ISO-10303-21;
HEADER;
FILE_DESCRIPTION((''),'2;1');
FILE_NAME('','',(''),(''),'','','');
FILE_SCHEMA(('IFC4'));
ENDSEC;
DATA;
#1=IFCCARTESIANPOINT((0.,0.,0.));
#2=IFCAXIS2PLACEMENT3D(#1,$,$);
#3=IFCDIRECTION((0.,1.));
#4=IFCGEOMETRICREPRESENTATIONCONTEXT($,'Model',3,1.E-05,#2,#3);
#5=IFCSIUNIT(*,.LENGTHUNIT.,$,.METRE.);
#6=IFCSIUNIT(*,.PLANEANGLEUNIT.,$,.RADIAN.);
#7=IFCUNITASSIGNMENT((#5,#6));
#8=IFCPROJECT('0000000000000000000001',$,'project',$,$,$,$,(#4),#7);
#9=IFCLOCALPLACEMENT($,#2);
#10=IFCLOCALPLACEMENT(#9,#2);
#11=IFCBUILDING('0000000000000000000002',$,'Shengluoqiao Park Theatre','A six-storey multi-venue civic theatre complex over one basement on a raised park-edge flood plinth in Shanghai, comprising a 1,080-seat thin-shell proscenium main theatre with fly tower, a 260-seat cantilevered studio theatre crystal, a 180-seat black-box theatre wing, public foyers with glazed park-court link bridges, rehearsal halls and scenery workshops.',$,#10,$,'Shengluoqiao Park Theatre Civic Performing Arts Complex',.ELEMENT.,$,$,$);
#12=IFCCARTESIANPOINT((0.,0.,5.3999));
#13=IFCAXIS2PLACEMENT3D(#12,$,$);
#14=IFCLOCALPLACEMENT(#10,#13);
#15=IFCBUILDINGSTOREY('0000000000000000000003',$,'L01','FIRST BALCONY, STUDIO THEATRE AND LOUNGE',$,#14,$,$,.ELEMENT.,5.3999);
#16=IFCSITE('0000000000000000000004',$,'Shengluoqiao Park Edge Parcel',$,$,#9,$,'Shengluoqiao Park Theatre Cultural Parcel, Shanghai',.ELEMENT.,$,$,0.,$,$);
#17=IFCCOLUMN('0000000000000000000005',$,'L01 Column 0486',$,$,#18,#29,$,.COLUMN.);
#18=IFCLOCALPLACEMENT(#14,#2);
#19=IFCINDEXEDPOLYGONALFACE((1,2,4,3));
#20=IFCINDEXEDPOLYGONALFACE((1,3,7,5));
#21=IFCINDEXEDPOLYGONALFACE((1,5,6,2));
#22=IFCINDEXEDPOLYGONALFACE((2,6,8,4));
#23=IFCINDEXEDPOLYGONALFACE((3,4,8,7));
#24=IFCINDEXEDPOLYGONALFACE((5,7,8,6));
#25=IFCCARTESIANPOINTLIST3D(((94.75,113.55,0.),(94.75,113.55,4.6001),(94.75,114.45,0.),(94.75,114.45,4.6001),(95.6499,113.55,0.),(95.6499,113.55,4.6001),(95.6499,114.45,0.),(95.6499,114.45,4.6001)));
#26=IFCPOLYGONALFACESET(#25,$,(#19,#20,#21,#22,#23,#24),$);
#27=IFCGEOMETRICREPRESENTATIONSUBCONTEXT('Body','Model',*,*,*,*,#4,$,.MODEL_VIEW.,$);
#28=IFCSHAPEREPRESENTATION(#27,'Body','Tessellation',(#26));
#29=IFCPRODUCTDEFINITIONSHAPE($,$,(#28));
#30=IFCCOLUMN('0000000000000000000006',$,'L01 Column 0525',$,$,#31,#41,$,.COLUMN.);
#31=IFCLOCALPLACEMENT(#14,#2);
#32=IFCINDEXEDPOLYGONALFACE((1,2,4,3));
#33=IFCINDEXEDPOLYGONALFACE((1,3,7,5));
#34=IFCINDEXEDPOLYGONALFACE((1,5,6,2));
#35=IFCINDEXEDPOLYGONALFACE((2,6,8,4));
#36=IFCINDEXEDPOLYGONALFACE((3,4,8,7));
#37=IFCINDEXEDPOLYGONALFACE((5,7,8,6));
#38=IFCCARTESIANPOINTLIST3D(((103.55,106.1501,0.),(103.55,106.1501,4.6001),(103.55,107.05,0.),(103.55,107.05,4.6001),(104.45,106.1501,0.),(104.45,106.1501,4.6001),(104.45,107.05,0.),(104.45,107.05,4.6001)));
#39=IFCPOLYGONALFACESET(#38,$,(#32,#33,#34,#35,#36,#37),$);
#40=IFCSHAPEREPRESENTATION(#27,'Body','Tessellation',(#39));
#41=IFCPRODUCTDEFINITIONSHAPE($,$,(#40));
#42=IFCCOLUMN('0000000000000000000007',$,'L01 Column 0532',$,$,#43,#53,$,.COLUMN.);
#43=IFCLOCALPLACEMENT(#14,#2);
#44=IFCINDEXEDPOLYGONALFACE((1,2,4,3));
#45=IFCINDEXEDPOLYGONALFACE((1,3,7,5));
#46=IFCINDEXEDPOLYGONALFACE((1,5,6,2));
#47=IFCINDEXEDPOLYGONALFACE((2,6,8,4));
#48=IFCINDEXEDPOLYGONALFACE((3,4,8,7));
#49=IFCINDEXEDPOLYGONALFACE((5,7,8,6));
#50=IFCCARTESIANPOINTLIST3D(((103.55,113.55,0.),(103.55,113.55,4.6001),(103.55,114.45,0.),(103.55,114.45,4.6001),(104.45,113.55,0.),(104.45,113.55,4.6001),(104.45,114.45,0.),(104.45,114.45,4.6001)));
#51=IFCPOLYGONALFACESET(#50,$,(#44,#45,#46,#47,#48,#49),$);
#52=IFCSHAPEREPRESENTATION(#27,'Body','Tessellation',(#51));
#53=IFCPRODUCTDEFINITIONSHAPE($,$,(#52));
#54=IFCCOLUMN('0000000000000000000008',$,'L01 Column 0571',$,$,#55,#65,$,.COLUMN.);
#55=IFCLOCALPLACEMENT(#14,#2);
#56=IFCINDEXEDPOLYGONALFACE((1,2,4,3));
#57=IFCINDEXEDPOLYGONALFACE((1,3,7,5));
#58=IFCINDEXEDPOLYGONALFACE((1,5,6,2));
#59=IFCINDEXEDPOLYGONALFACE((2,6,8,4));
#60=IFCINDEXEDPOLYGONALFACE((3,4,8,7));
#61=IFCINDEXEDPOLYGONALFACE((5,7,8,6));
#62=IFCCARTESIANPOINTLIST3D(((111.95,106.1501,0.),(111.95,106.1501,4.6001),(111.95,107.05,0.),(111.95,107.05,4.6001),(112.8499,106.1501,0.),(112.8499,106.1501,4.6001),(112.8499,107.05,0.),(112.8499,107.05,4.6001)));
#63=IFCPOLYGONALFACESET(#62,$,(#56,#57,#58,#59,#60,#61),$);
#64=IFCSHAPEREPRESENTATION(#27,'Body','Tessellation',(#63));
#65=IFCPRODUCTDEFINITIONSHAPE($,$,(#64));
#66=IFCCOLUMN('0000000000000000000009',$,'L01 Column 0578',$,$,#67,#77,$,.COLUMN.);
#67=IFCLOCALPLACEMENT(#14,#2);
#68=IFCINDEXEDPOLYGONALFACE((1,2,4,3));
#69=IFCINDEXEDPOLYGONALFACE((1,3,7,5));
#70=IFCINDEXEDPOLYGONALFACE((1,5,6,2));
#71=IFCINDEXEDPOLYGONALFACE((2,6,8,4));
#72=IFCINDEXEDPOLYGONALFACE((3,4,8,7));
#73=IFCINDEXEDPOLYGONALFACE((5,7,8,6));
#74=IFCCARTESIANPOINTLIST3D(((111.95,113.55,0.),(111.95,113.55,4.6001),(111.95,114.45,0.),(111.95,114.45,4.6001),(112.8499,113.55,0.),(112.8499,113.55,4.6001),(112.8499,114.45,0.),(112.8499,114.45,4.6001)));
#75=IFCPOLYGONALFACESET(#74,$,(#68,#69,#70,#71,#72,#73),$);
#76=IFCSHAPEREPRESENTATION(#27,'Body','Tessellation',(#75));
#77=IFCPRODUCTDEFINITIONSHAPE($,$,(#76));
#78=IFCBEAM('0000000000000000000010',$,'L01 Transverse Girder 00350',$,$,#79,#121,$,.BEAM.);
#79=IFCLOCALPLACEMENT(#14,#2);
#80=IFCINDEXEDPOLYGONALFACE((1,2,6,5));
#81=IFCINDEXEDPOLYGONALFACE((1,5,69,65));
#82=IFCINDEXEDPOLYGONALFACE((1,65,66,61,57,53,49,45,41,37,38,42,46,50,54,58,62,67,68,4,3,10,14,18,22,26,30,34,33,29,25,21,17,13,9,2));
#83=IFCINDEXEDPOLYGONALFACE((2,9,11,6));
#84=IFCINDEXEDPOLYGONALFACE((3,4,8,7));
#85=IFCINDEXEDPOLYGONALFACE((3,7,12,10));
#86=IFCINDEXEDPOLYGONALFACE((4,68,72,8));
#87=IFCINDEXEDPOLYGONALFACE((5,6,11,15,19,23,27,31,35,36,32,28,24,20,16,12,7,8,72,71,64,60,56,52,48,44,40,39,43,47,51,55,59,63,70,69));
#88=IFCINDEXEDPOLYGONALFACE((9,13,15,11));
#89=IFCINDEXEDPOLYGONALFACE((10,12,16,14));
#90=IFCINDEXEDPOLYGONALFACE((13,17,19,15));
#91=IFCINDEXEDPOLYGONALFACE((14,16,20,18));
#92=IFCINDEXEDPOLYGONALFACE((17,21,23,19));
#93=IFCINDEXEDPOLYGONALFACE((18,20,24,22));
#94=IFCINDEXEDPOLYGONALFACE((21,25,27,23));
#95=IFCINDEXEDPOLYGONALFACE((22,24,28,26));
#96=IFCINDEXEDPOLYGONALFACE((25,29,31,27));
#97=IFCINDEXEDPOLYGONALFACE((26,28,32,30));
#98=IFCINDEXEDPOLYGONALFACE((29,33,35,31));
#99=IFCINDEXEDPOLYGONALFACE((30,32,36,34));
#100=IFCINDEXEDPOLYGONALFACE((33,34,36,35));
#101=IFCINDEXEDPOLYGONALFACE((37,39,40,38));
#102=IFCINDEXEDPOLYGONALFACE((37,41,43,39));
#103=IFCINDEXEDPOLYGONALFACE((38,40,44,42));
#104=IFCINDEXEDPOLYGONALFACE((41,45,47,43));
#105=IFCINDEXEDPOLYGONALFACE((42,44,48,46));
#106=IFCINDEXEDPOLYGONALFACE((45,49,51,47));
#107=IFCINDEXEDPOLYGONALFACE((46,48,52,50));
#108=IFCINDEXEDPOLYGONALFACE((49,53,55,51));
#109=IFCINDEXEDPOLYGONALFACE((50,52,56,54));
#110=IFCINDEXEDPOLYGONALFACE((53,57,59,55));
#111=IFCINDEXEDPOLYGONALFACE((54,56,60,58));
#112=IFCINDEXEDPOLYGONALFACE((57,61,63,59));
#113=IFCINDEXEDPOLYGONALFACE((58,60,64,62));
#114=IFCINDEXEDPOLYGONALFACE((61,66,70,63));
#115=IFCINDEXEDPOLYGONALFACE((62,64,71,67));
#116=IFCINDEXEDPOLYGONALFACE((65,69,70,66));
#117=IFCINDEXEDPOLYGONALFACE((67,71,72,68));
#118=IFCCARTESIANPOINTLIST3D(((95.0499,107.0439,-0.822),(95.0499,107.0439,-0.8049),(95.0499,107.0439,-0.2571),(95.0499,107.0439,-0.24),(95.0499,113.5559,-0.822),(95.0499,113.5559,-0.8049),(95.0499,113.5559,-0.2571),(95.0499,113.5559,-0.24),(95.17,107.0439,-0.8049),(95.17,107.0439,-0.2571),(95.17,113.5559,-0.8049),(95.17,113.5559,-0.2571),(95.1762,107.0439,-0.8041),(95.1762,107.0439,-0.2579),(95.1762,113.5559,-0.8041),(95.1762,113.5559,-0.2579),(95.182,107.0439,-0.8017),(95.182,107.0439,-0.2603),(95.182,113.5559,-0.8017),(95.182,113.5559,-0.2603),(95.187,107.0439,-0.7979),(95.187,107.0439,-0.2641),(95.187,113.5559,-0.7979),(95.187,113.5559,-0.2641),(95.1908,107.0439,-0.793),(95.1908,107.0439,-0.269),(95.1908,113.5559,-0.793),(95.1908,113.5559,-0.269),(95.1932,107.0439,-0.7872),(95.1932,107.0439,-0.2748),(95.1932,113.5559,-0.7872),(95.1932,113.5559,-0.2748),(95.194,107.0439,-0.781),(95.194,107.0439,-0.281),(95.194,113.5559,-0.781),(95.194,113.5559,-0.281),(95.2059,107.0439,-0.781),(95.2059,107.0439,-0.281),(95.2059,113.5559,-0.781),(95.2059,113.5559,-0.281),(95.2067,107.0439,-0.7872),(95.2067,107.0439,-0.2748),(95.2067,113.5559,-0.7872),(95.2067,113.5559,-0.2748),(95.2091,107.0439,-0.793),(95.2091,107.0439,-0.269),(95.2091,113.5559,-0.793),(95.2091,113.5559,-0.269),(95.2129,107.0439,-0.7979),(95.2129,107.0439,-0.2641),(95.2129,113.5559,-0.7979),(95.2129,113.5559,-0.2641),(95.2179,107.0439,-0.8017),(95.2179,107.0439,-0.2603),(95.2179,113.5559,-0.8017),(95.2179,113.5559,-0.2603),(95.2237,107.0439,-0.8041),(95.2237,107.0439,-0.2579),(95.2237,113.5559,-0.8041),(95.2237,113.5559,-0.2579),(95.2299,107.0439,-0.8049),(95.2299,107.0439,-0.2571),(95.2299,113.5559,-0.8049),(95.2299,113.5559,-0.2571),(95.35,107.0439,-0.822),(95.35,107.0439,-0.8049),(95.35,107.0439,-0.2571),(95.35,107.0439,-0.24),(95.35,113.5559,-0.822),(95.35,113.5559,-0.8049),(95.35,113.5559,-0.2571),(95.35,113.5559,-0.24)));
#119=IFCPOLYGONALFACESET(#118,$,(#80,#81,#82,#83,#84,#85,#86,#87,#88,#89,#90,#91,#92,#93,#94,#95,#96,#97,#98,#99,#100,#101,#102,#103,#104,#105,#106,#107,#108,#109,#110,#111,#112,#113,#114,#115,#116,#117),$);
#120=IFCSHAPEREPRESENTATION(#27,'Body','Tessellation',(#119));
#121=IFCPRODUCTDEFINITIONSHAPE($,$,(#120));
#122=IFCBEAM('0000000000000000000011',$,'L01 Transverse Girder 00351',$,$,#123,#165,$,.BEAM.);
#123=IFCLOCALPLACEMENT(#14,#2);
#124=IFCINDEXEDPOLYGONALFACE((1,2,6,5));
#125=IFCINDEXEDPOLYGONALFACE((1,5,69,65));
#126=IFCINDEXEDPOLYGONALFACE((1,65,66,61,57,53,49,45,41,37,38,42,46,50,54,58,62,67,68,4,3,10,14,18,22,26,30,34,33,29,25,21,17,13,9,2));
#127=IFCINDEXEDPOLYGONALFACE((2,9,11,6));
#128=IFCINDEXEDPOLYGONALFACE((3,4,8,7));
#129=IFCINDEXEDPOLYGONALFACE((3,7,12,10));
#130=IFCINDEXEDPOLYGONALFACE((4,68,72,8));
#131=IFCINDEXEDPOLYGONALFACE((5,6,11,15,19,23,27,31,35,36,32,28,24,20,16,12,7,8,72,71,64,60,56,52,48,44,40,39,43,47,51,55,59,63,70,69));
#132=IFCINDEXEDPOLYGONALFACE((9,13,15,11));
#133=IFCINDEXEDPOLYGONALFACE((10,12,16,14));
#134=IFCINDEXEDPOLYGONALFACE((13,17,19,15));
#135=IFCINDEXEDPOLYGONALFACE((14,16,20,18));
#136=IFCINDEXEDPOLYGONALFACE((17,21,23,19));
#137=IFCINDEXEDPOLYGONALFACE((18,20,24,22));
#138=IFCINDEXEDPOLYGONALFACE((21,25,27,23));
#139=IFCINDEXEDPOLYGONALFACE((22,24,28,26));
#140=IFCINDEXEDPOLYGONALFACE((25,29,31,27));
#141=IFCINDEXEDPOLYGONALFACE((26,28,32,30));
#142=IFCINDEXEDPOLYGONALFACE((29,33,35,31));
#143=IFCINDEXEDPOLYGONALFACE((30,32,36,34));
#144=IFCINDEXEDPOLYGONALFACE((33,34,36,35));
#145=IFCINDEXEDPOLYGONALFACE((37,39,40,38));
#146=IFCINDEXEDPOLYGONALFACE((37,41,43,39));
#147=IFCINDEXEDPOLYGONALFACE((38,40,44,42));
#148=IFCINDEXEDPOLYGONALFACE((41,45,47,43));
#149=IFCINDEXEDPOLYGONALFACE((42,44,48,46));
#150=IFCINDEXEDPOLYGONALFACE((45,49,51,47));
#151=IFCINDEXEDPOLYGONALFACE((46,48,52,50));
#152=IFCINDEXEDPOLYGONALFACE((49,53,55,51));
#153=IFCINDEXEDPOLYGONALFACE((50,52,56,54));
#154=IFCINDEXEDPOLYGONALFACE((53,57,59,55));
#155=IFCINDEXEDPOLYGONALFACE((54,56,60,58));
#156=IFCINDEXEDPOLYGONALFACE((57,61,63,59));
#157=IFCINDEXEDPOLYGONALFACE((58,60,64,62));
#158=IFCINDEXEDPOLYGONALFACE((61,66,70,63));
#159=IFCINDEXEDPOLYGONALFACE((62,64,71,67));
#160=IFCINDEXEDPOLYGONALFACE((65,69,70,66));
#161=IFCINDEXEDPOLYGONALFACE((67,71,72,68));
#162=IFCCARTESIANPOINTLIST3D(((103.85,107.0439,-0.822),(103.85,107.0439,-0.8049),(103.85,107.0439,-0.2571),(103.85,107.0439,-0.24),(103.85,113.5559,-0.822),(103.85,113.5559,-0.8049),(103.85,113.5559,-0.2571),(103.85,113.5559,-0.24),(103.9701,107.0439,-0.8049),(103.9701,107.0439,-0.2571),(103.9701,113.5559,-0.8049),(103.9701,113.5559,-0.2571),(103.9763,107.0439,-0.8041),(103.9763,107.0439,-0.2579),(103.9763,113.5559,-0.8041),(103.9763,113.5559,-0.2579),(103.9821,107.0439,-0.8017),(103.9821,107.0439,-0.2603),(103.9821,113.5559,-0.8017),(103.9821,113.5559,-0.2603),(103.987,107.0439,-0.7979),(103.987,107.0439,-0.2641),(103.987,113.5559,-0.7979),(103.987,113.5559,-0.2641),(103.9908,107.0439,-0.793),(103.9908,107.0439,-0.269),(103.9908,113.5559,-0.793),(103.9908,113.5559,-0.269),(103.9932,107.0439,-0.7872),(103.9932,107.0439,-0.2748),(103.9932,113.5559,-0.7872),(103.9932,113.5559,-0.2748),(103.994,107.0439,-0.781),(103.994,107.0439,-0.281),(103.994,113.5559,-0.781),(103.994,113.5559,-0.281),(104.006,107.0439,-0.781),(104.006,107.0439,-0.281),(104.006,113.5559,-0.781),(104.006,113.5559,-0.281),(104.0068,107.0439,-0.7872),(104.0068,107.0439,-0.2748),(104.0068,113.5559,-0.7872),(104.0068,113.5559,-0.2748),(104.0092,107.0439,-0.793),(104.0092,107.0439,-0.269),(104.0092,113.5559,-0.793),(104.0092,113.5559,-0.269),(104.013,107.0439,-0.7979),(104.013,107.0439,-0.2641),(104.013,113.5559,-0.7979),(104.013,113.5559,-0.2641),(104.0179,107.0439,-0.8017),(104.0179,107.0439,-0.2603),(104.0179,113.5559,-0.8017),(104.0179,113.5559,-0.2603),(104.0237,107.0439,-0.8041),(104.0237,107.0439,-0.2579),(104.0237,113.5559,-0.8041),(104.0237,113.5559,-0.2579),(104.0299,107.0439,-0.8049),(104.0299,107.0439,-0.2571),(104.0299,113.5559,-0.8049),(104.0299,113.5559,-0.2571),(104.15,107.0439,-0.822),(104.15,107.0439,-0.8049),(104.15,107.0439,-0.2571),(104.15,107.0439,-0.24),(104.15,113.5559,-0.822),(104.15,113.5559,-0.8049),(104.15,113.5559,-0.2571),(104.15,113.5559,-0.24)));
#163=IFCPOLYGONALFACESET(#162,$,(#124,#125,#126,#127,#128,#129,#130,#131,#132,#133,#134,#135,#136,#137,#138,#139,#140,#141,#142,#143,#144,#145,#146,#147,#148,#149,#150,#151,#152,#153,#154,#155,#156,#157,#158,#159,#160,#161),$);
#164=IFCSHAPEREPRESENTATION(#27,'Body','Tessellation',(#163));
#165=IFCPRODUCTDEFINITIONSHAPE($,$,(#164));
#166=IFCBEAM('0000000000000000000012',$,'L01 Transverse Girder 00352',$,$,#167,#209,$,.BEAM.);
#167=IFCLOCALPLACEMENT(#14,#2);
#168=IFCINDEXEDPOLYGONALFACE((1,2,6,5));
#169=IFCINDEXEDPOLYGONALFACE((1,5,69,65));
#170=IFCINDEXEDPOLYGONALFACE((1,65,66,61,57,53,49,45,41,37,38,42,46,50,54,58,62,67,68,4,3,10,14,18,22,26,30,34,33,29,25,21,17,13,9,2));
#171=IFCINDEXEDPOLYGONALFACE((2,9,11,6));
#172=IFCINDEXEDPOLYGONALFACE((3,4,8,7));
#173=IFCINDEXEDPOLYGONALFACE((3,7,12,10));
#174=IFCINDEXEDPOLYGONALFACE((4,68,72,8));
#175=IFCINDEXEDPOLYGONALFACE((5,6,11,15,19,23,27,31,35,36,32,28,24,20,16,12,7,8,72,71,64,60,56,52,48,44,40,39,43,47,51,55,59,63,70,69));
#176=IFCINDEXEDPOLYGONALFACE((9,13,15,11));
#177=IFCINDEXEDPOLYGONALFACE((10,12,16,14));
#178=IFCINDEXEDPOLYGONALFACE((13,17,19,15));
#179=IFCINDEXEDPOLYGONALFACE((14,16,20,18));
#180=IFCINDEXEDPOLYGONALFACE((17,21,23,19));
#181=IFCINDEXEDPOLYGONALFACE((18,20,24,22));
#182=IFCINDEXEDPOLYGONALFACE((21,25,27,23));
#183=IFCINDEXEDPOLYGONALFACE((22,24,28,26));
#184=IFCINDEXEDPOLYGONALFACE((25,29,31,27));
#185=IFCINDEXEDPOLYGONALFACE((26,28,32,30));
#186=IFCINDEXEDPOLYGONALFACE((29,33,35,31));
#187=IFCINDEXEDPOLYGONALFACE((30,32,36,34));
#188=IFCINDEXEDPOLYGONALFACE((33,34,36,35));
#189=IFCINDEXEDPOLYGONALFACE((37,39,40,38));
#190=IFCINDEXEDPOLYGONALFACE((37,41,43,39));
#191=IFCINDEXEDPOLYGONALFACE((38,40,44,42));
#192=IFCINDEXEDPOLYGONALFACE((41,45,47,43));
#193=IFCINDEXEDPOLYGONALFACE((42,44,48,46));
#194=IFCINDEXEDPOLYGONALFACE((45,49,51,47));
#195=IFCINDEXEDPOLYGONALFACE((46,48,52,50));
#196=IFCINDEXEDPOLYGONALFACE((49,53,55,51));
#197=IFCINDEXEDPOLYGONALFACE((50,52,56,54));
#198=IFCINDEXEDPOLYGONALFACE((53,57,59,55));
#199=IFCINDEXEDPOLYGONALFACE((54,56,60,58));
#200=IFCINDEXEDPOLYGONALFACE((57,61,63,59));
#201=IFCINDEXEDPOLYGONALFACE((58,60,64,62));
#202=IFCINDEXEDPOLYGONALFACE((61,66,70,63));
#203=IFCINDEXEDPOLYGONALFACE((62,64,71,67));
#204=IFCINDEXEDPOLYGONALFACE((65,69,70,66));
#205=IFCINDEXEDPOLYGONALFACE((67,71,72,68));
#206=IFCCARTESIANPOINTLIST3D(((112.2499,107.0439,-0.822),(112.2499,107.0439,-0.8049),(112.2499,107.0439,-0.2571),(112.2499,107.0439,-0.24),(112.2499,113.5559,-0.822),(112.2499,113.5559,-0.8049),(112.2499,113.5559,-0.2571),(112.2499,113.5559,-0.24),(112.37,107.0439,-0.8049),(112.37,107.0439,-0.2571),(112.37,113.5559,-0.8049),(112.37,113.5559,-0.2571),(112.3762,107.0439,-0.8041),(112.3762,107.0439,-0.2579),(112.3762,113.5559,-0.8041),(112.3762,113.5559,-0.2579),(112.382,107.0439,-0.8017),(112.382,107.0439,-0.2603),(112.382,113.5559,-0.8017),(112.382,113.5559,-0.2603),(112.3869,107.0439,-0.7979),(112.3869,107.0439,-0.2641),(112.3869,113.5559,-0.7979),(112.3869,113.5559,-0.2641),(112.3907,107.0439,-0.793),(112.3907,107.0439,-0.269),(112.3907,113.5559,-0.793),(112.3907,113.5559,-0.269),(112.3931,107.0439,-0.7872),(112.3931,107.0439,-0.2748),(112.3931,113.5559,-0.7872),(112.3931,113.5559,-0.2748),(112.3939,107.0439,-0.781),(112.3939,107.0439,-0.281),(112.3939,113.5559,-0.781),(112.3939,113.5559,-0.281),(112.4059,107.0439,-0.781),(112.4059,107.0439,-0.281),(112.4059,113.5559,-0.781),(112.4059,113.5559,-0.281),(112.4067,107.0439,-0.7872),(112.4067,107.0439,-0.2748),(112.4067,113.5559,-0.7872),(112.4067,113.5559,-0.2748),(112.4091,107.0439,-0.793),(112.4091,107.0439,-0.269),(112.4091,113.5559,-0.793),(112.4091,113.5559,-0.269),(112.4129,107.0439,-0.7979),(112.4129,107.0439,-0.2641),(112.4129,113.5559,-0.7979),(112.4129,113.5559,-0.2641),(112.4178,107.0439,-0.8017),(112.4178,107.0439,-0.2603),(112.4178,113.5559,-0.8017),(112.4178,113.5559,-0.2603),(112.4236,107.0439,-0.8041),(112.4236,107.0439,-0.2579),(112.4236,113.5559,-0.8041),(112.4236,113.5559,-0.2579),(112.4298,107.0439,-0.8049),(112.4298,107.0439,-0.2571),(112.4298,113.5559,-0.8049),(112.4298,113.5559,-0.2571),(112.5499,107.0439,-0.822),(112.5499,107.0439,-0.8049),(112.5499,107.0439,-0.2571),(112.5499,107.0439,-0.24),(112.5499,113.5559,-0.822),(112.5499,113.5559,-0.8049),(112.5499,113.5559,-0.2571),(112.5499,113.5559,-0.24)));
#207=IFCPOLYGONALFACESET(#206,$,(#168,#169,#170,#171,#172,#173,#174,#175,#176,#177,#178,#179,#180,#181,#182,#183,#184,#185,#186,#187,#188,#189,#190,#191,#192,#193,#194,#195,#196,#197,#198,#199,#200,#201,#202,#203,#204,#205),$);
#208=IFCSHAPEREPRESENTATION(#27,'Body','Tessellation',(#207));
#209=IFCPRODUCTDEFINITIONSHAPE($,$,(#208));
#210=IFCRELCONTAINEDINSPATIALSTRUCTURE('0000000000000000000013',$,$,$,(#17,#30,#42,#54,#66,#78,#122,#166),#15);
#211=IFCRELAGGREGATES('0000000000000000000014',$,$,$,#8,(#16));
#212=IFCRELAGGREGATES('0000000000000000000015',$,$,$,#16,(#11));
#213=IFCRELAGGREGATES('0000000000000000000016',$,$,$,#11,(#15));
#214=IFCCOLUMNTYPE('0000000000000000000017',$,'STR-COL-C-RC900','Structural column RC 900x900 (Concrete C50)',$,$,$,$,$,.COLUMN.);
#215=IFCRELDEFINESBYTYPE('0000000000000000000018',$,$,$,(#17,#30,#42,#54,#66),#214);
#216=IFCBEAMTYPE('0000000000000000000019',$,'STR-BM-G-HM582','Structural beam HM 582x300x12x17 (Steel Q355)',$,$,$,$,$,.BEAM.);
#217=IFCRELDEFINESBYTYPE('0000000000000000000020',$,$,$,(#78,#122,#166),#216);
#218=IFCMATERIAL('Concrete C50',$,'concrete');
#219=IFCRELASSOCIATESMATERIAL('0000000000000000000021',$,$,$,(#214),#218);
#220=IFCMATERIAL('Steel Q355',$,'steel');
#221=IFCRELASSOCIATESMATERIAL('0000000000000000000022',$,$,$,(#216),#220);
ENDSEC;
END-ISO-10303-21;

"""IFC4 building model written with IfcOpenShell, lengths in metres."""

from ifc_helpers import new_model, si_unit, direction, frame, origin, origin_2d, place, context, subcontext, project, spatial, rectangle, i_section, extrude, material, material_profile, profile_set, type_object, element, save


model = new_model("IFC4")

# Units and contexts
model_context = context("Model", 3, precision=1e-05, world=origin(), true_north=direction((0.0, 1.0)))
body_context = subcontext(model_context, "Body", "Model", "MODEL_VIEW")
ifc_project = project(units=[si_unit("LENGTHUNIT", "METRE"), si_unit("PLANEANGLEUNIT", "RADIAN")], contexts=[model_context])

# Site, building, storey
site_placement = place(None, origin())
site = spatial("IfcSite", under=ifc_project, at=site_placement, Name="Shengluoqiao Park Edge Parcel", LongName="Shengluoqiao Park Theatre Cultural Parcel, Shanghai", CompositionType="ELEMENT", RefElevation=0.0)
building_placement = place(site_placement, origin())
building = spatial("IfcBuilding", under=site, at=building_placement, Name="Shengluoqiao Park Theatre", Description="A six-storey multi-venue civic theatre complex over one basement on a raised park-edge flood plinth in Shanghai, comprising a 1,080-seat thin-shell proscenium main theatre with fly tower, a 260-seat cantilevered studio theatre crystal, a 180-seat black-box theatre wing, public foyers with glazed park-court link bridges, rehearsal halls and scenery workshops.", LongName="Shengluoqiao Park Theatre Civic Performing Arts Complex", CompositionType="ELEMENT")
storey_placement = place(building_placement, frame((0.0, 0.0, 5.3999)))
storey = spatial("IfcBuildingStorey", under=building, at=storey_placement, Name="L01", Description="FIRST BALCONY, STUDIO THEATRE AND LOUNGE", CompositionType="ELEMENT", Elevation=5.3999)

# Columns
ifc_material_1 = material(Name="Concrete C50", Category="concrete")
ifc_material_profile_1 = material_profile(ifc_material_1, rectangle(XDim=0.8999, YDim=0.8999, at=origin_2d()), Name="RC 900x900")
ifc_profile_set_1 = profile_set([ifc_material_profile_1], Name="Concrete C50")
column_type = type_object("IfcColumnType", Name="STR-COL-C-RC900", Description="Structural column RC 900x900 (Concrete C50)", PredefinedType="COLUMN", material=ifc_profile_set_1)
for number, where, z_axis, x_axis, name in (
    (1, (95.2, 114.0, 0.0), (0.0, 0.0, 1.0), (1.0, 0.0, 0.0), "L01 Column 0486"),
    (2, (104.0, 106.6001, 0.0), (0.0, 0.0, 1.0), (1.0, 0.0, 0.0), "L01 Column 0525"),
    (3, (104.0, 114.0, 0.0), (0.0, 0.0, 1.0), (1.0, 0.0, 0.0), "L01 Column 0532"),
    (4, (112.3999, 106.6001, 0.0), (0.0, 0.0, 1.0), (1.0, 0.0, 0.0), "L01 Column 0571"),
    (5, (112.3999, 114.0, 0.0), (0.0, 0.0, 1.0), (1.0, 0.0, 0.0), "L01 Column 0578"),
):
    element("IfcColumn", number, at=place(storey_placement, frame(where, z_axis=z_axis, x_axis=x_axis)), inside=storey, type_object=column_type, Name=name, PredefinedType="COLUMN", context=body_context, shape_type="SweptSolid", body=[
        extrude(rectangle(XDim=0.8999, YDim=0.8999, at=origin_2d()), origin(), (0.0, 0.0, 1.0), 4.6001),
    ])

# Beams
ifc_material_2 = material(Name="Steel Q355", Category="steel")
ifc_material_profile_2 = material_profile(ifc_material_2, i_section(OverallWidth=0.3, OverallDepth=0.582, WebThickness=0.012, FlangeThickness=0.0171, FilletRadius=0.0239, at=origin_2d()), Name="HM 582x300x12x17")
ifc_profile_set_2 = profile_set([ifc_material_profile_2], Name="Steel Q355")
beam_type_1 = type_object("IfcBeamType", Name="STR-BM-G-HM582", Description="Structural beam HM 582x300x12x17 (Steel Q355)", PredefinedType="BEAM", material=ifc_profile_set_2)
for number, where, z_axis, x_axis, name in (
    (6, (95.2, 107.0439, -0.531), (0.0, 1.0, 0.0), (-1.0, 0.0, 0.0), "L01 Transverse Girder 00350"),
    (7, (104.0, 107.0439, -0.531), (0.0, 1.0, 0.0), (-1.0, 0.0, 0.0), "L01 Transverse Girder 00351"),
    (8, (112.3999, 107.0439, -0.531), (0.0, 1.0, 0.0), (-1.0, 0.0, 0.0), "L01 Transverse Girder 00352"),
):
    element("IfcBeam", number, at=place(storey_placement, frame(where, z_axis=z_axis, x_axis=x_axis)), inside=storey, type_object=beam_type_1, Name=name, PredefinedType="BEAM", context=body_context, shape_type="SweptSolid", body=[
        extrude(i_section(OverallWidth=0.3, OverallDepth=0.582, WebThickness=0.012, FlangeThickness=0.0171, FilletRadius=0.0239, at=origin_2d()), origin(), (0.0, 0.0, 1.0), 6.512),
    ])

save(model, "model.ifc")
